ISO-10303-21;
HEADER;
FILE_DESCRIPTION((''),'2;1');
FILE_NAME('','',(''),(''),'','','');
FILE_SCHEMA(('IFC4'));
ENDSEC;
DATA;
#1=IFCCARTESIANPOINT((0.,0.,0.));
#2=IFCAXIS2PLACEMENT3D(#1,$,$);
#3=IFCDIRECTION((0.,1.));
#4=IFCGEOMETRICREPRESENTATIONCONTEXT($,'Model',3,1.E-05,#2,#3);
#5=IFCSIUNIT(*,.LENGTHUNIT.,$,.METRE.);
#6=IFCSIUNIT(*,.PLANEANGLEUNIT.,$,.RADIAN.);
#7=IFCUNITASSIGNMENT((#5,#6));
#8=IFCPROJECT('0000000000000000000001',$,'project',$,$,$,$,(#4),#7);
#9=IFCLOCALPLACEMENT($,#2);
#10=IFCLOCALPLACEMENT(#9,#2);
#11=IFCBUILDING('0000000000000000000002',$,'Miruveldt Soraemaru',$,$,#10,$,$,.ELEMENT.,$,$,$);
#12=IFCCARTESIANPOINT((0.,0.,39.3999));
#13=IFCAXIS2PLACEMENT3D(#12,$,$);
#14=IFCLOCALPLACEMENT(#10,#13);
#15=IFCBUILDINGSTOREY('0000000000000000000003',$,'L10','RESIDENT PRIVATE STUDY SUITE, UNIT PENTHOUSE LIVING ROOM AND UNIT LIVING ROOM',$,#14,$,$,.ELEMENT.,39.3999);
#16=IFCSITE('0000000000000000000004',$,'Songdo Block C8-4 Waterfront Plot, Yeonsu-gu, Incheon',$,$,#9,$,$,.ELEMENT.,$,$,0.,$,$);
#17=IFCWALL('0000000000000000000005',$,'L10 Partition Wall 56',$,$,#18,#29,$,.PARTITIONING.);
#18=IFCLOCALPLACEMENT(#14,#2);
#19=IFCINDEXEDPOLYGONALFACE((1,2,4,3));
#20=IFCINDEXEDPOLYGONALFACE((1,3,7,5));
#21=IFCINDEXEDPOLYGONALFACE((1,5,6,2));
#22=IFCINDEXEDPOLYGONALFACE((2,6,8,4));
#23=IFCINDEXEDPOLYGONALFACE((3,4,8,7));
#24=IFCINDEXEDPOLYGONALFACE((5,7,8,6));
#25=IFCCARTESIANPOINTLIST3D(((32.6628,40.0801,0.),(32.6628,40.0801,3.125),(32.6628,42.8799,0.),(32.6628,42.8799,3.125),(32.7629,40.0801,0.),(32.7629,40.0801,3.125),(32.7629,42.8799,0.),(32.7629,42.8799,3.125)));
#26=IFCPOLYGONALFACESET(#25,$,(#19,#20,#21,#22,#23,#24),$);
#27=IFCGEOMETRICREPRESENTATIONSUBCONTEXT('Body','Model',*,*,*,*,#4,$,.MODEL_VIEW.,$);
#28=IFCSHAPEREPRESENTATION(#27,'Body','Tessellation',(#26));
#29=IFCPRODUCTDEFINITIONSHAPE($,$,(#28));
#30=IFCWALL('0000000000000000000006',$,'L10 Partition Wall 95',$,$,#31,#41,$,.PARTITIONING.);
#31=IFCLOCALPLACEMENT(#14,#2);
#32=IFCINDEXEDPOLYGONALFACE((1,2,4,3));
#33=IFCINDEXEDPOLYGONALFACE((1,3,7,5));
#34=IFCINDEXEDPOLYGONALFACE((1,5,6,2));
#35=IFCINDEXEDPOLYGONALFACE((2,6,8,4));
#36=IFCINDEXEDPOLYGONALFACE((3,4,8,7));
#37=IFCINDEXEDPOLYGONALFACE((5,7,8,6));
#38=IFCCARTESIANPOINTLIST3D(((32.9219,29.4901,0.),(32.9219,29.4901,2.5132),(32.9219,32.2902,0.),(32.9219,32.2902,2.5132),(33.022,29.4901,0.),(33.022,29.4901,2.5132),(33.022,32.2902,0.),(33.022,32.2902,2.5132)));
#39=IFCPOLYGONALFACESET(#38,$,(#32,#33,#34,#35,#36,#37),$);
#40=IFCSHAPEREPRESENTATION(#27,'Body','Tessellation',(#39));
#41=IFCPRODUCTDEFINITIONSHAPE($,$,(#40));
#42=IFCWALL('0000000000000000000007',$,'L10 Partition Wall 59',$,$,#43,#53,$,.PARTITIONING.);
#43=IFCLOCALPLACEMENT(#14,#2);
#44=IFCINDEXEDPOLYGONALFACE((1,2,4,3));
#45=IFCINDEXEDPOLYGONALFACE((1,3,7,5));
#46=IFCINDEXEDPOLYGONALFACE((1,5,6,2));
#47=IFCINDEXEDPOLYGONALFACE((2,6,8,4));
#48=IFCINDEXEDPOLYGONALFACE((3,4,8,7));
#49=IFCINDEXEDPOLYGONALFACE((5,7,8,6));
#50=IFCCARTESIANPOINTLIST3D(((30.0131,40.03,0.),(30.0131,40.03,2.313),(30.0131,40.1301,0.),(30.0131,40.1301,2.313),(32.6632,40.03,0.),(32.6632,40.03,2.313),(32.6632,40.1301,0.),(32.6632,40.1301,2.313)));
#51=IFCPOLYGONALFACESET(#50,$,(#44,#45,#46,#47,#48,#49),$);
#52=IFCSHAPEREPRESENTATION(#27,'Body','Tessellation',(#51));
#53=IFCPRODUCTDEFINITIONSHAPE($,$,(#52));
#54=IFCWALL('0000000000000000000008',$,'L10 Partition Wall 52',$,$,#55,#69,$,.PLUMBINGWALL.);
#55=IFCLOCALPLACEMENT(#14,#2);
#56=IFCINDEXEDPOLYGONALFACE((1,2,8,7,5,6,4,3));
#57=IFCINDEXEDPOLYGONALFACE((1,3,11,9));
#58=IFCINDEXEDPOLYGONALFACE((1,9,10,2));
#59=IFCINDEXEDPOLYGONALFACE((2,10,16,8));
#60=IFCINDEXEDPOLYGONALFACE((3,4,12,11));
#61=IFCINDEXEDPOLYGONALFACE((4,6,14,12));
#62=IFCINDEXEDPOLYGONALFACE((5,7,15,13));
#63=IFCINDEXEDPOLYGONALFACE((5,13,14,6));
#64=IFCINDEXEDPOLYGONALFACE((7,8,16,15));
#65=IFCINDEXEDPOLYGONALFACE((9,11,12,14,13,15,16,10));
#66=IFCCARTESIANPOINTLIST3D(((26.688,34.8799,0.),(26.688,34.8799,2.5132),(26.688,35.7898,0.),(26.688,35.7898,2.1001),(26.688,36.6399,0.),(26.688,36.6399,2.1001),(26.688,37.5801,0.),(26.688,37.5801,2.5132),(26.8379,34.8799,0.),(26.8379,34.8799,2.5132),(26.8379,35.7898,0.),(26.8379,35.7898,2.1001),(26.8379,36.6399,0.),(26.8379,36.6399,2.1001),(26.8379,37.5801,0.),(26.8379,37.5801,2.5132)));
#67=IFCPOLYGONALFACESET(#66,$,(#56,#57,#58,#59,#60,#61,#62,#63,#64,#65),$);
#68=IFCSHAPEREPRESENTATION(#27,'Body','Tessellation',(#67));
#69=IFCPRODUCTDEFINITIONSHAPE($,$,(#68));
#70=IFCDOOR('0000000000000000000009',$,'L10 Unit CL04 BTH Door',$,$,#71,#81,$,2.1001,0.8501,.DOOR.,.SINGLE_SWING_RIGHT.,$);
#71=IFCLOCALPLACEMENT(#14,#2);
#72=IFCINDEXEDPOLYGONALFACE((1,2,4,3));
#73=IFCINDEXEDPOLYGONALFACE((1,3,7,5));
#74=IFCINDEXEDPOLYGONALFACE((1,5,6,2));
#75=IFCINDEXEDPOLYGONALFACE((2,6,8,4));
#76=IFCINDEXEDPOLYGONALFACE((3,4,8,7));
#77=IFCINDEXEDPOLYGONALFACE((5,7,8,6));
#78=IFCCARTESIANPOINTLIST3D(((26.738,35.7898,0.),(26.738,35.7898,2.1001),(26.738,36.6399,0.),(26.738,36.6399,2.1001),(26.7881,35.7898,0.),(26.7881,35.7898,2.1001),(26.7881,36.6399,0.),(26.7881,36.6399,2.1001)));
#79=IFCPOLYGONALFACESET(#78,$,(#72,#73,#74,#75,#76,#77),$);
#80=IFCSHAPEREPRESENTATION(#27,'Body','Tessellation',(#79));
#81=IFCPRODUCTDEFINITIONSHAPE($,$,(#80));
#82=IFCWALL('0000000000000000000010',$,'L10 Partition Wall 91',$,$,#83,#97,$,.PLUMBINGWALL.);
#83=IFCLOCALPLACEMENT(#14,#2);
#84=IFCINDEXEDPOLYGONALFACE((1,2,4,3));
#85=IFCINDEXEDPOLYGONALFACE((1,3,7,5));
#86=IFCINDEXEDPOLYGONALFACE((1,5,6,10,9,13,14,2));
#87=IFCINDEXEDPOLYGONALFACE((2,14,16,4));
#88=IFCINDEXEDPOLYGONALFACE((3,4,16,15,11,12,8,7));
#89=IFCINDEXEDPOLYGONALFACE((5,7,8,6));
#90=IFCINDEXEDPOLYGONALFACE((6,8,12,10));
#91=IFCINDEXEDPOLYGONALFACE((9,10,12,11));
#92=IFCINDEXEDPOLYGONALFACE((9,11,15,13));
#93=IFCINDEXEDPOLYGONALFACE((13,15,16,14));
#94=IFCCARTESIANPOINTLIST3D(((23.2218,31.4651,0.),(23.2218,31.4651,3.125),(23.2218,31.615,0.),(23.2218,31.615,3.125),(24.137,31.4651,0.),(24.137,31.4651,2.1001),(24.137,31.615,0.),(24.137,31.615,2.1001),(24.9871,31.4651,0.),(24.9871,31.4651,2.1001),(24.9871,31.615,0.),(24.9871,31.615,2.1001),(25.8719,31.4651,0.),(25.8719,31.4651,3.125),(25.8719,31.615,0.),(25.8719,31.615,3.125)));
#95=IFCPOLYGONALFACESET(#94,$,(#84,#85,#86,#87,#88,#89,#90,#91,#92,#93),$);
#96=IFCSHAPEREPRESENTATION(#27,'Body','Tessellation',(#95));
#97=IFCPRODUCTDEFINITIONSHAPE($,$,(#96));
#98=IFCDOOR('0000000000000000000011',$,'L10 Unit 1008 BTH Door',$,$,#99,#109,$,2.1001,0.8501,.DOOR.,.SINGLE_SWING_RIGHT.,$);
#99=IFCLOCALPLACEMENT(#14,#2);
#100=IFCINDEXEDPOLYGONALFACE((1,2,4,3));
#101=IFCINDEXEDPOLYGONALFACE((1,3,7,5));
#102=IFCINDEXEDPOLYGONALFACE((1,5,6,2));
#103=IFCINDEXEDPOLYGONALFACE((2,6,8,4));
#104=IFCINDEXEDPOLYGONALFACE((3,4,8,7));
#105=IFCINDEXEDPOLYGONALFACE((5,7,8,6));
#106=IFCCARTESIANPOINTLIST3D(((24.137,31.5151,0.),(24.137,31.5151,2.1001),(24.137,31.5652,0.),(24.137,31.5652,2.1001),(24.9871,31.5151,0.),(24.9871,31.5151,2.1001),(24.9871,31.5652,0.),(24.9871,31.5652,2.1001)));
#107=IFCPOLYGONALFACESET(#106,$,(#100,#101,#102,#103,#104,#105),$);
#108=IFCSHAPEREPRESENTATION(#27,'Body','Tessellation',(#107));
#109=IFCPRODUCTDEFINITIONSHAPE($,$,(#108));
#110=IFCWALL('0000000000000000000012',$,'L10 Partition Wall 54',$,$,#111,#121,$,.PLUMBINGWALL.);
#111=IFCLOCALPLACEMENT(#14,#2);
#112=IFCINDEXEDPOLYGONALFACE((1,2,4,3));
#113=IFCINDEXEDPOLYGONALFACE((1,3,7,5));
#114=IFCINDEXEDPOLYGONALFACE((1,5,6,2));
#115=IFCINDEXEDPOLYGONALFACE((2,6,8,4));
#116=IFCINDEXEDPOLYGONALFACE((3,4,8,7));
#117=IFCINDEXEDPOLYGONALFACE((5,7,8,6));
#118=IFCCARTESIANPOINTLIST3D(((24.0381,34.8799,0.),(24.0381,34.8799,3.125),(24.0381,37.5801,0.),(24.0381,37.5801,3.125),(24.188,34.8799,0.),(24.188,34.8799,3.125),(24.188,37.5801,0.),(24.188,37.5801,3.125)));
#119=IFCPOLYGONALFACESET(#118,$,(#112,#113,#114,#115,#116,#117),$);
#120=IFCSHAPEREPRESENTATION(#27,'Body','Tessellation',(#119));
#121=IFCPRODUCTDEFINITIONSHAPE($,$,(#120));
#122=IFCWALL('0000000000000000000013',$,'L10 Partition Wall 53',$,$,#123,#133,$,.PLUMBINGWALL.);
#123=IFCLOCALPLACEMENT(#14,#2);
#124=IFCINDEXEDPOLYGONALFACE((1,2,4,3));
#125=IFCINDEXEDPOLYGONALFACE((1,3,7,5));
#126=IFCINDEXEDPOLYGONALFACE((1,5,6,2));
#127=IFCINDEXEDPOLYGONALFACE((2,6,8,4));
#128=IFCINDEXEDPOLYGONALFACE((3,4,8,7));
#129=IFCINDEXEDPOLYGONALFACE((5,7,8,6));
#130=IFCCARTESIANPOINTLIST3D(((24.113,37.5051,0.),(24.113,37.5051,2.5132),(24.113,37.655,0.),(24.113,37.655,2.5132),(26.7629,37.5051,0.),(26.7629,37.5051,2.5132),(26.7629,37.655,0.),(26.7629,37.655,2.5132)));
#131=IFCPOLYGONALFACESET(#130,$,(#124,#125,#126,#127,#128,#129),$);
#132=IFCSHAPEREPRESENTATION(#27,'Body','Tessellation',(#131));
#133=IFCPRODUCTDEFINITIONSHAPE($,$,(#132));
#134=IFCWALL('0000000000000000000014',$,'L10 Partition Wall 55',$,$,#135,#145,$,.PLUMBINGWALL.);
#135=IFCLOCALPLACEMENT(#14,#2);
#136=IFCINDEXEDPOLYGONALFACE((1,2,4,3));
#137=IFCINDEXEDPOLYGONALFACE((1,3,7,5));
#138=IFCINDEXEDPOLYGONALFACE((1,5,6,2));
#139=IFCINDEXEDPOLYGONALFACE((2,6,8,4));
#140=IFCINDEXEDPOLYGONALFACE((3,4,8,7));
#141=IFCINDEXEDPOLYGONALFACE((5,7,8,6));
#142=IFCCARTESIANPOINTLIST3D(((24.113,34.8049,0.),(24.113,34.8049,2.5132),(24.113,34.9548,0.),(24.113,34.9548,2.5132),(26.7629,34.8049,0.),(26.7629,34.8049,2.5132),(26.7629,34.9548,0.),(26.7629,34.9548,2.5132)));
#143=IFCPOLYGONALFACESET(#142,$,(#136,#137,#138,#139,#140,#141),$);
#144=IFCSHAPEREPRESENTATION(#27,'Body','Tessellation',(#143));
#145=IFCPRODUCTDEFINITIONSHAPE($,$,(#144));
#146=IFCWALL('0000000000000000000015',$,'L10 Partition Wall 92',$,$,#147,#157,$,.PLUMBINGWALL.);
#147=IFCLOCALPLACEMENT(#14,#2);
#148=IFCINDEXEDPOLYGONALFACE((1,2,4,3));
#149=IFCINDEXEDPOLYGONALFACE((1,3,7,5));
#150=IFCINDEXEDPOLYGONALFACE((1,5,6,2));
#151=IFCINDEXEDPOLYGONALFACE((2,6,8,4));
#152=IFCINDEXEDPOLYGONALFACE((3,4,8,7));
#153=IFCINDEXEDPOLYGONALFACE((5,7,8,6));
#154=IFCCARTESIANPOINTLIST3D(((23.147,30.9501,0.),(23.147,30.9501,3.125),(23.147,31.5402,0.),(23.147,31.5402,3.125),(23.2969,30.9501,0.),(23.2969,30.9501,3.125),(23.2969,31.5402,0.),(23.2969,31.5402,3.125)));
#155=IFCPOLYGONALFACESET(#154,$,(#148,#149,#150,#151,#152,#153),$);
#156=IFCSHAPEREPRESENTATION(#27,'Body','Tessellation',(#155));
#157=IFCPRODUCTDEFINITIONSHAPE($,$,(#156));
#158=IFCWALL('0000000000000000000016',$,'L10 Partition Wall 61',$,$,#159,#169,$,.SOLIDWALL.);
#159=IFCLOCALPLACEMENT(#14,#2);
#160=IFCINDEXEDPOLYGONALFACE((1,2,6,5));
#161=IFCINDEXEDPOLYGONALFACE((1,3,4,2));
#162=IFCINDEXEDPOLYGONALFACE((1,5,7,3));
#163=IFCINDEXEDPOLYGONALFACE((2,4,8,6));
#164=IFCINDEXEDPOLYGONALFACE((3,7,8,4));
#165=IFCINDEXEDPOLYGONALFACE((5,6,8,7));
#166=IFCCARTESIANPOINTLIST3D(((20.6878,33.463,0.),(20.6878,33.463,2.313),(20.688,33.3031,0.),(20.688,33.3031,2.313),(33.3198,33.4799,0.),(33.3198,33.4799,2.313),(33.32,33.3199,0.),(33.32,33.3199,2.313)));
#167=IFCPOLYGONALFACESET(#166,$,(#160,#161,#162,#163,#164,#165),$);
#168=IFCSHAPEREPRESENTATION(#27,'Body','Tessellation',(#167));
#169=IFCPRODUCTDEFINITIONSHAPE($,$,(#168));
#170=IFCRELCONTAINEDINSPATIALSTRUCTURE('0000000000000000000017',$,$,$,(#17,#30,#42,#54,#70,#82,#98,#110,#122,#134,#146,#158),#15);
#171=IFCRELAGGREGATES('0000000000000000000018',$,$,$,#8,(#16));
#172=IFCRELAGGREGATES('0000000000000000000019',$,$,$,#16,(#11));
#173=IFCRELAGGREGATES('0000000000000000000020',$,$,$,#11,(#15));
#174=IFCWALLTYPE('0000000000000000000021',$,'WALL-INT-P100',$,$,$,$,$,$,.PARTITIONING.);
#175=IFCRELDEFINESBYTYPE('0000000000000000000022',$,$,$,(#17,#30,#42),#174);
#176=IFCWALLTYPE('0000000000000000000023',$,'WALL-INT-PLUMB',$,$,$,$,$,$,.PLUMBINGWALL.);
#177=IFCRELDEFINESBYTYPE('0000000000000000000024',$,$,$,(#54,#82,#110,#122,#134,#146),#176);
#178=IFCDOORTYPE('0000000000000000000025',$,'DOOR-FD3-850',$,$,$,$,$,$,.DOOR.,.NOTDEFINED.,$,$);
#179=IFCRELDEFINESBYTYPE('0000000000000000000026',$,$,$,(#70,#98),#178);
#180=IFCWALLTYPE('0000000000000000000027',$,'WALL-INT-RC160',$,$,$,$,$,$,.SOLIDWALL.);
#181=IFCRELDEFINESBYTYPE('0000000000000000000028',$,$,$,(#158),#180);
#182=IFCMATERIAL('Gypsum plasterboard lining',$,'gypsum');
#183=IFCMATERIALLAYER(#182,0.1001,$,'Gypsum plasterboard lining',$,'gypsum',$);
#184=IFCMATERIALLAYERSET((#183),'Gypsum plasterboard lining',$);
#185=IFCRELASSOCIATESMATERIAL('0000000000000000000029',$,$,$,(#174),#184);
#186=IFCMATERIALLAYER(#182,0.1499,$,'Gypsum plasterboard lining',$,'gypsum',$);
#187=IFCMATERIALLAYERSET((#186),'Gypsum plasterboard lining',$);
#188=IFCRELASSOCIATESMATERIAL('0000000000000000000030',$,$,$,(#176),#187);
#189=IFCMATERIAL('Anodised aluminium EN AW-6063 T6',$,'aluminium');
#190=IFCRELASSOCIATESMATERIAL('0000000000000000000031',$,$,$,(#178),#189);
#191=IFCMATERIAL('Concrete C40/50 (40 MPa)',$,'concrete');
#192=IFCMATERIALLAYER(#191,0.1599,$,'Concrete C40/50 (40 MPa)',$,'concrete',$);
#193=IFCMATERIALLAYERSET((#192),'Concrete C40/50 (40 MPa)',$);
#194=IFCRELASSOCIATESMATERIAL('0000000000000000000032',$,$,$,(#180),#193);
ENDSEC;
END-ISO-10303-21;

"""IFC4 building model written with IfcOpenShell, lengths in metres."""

from ifc_helpers import new_model, si_unit, direction, frame, frame_2d, origin, place, context, subcontext, project, spatial, rectangle, extrude, material, layer, layer_set, type_object, element, fill, save


model = new_model("IFC4")

# Units and contexts
model_context = context("Model", 3, precision=1e-05, world=origin(), true_north=direction((0.0, 1.0)))
body_context = subcontext(model_context, "Body", "Model", "MODEL_VIEW")
ifc_project = project(units=[si_unit("LENGTHUNIT", "METRE"), si_unit("PLANEANGLEUNIT", "RADIAN")], contexts=[model_context])

# Site, building, storey
site_placement = place(None, origin())
site = spatial("IfcSite", under=ifc_project, at=site_placement, Name="Songdo Block C8-4 Waterfront Plot, Yeonsu-gu, Incheon", CompositionType="ELEMENT", RefElevation=0.0)
building_placement = place(site_placement, origin())
building = spatial("IfcBuilding", under=site, at=building_placement, Name="Miruveldt Soraemaru", CompositionType="ELEMENT")
storey_placement = place(building_placement, frame((0.0, 0.0, 39.3999)))
storey = spatial("IfcBuildingStorey", under=building, at=storey_placement, Name="L10", Description="RESIDENT PRIVATE STUDY SUITE, UNIT PENTHOUSE LIVING ROOM AND UNIT LIVING ROOM", CompositionType="ELEMENT", Elevation=39.3999)

# Shared definitions
ifc_material_1 = material(Name="Anodised aluminium EN AW-6063 T6", Category="aluminium")

# Shared definitions
ifc_material_2 = material(Name="Gypsum plasterboard lining", Category="gypsum")
ifc_layer_1 = layer(ifc_material_2, 0.1001, Name="Gypsum plasterboard lining", Category="gypsum")
ifc_layer_set_1 = layer_set([ifc_layer_1], Name="Gypsum plasterboard lining")
wall_type_1 = type_object("IfcWallType", Name="WALL-INT-P100", PredefinedType="PARTITIONING", material=ifc_layer_set_1)

# Walls
wall_1_placement = place(storey_placement, frame((32.7129, 40.0801, 0.0), z_axis=(0.0, 0.0, 1.0), x_axis=(0.0, 1.0, 0.0)))
element("IfcWall", 1, at=wall_1_placement, inside=storey, type_object=wall_type_1, Name="L10 Partition Wall 56", PredefinedType="PARTITIONING", context=body_context, shape_type="SweptSolid", body=[
    extrude(rectangle(XDim=2.7998, YDim=0.1001, at=frame_2d((1.3999, 0.0))), origin(), (0.0, 0.0, 1.0), 3.125),
])
wall_2_placement = place(storey_placement, frame((32.9719, 32.29, 0.0), z_axis=(0.0, 0.0, 1.0), x_axis=(0.0, -1.0, 0.0)))
element("IfcWall", 2, at=wall_2_placement, inside=storey, type_object=wall_type_1, Name="L10 Partition Wall 95", PredefinedType="PARTITIONING", context=body_context, shape_type="SweptSolid", body=[
    extrude(rectangle(XDim=2.8, YDim=0.1001, at=frame_2d((1.3999, 0.0))), origin(), (0.0, 0.0, 1.0), 2.5132),
])
wall_3_placement = place(storey_placement, frame((30.0129, 40.0801, 0.0), z_axis=(0.0, 0.0, 1.0), x_axis=(1.0, 0.0, 0.0)))
element("IfcWall", 3, at=wall_3_placement, inside=storey, type_object=wall_type_1, Name="L10 Partition Wall 59", PredefinedType="PARTITIONING", context=body_context, shape_type="SweptSolid", body=[
    extrude(rectangle(XDim=2.6501, YDim=0.1001, at=frame_2d((1.3252, 0.0))), origin(), (0.0, 0.0, 1.0), 2.313),
])

# Walls, openings, doors
ifc_layer_2 = layer(ifc_material_2, 0.1499, Name="Gypsum plasterboard lining", Category="gypsum")
ifc_layer_set_2 = layer_set([ifc_layer_2], Name="Gypsum plasterboard lining")
wall_type_2 = type_object("IfcWallType", Name="WALL-INT-PLUMB", PredefinedType="PLUMBINGWALL", material=ifc_layer_set_2)
wall_4_placement = place(storey_placement, frame((26.7629, 34.8799, 0.0), z_axis=(0.0, 0.0, 1.0), x_axis=(0.0, 1.0, 0.0)))
wall_4 = element("IfcWall", 4, at=wall_4_placement, inside=storey, type_object=wall_type_2, Name="L10 Partition Wall 52", PredefinedType="PLUMBINGWALL", context=body_context, shape_type="SweptSolid", body=[
    extrude(rectangle(XDim=2.7002, YDim=0.1499, at=frame_2d((1.3501, 0.0))), origin(), (0.0, 0.0, 1.0), 2.5132),
])
opening_1_placement = place(wall_4_placement, frame((0.9099, 0.0, 0.0)))
opening_1 = element("IfcOpeningElement", 5, at=opening_1_placement, cuts=wall_4, PredefinedType="OPENING", context=body_context, shape_type="SweptSolid", body=[
    extrude(rectangle(XDim=0.8501, YDim=2.1001, at=frame_2d((0.425, 1.05))), frame((0.0, 0.085, 0.0), z_axis=(0.0, -1.0, 0.0), x_axis=(1.0, 0.0, 0.0)), (0.0, 0.0, 1.0), 0.1699),
])
door_type_1 = type_object("IfcDoorType", Name="DOOR-FD3-850", OperationType="NOTDEFINED", PredefinedType="DOOR", material=ifc_material_1)
door_1_placement = place(opening_1_placement, origin())
door_1 = element("IfcDoor", 6, at=door_1_placement, inside=storey, type_object=door_type_1, Name="L10 Unit CL04 BTH Door", OperationType="SINGLE_SWING_RIGHT", OverallHeight=2.1001, OverallWidth=0.8501, PredefinedType="DOOR", context=body_context, shape_type="SweptSolid", body=[
    extrude(rectangle(XDim=0.8501, YDim=2.1001, at=frame_2d((0.425, 1.05))), frame((0.0, 0.0249, 0.0), z_axis=(0.0, -1.0, 0.0), x_axis=(1.0, 0.0, 0.0)), (0.0, 0.0, 1.0), 0.05),
])
fill(opening_1, door_1)
wall_5_placement = place(storey_placement, frame((25.8721, 31.54, 0.0), z_axis=(0.0, 0.0, 1.0), x_axis=(-1.0, 0.0, 0.0)))
wall_5 = element("IfcWall", 7, at=wall_5_placement, inside=storey, type_object=wall_type_2, Name="L10 Partition Wall 91", PredefinedType="PLUMBINGWALL", context=body_context, shape_type="SweptSolid", body=[
    extrude(rectangle(XDim=2.6501, YDim=0.1499, at=frame_2d((1.3252, 0.0))), origin(), (0.0, 0.0, 1.0), 3.125),
])
opening_2_placement = place(wall_5_placement, frame((0.885, 0.0, 0.0)))
opening_2 = element("IfcOpeningElement", 8, at=opening_2_placement, cuts=wall_5, PredefinedType="OPENING", context=body_context, shape_type="SweptSolid", body=[
    extrude(rectangle(XDim=0.8501, YDim=2.1001, at=frame_2d((0.425, 1.05))), frame((0.0, 0.085, 0.0), z_axis=(0.0, -1.0, 0.0), x_axis=(1.0, 0.0, 0.0)), (0.0, 0.0, 1.0), 0.1699),
])
door_2_placement = place(opening_2_placement, origin())
door_2 = element("IfcDoor", 9, at=door_2_placement, inside=storey, type_object=door_type_1, Name="L10 Unit 1008 BTH Door", OperationType="SINGLE_SWING_RIGHT", OverallHeight=2.1001, OverallWidth=0.8501, PredefinedType="DOOR", context=body_context, shape_type="SweptSolid", body=[
    extrude(rectangle(XDim=0.8501, YDim=2.1001, at=frame_2d((0.425, 1.05))), frame((0.0, 0.0249, 0.0), z_axis=(0.0, -1.0, 0.0), x_axis=(1.0, 0.0, 0.0)), (0.0, 0.0, 1.0), 0.05),
])
fill(opening_2, door_2)

# Walls
wall_6_placement = place(storey_placement, frame((24.113, 37.5801, 0.0), z_axis=(0.0, 0.0, 1.0), x_axis=(0.0, -1.0, 0.0)))
element("IfcWall", 10, at=wall_6_placement, inside=storey, type_object=wall_type_2, Name="L10 Partition Wall 54", PredefinedType="PLUMBINGWALL", context=body_context, shape_type="SweptSolid", body=[
    extrude(rectangle(XDim=2.7002, YDim=0.1499, at=frame_2d((1.3501, 0.0))), origin(), (0.0, 0.0, 1.0), 3.125),
])
for number, where, z_axis, x_axis, name in (
    (11, (26.7629, 37.5801, 0.0), (0.0, 0.0, 1.0), (-1.0, 0.0, 0.0), "L10 Partition Wall 53"),
    (12, (24.113, 34.8799, 0.0), (0.0, 0.0, 1.0), (1.0, 0.0, 0.0), "L10 Partition Wall 55"),
):
    element("IfcWall", number, at=place(storey_placement, frame(where, z_axis=z_axis, x_axis=x_axis)), inside=storey, type_object=wall_type_2, Name=name, PredefinedType="PLUMBINGWALL", context=body_context, shape_type="SweptSolid", body=[
        extrude(rectangle(XDim=2.6499, YDim=0.1499, at=frame_2d((1.325, 0.0))), origin(), (0.0, 0.0, 1.0), 2.5132),
    ])
wall_7_placement = place(storey_placement, frame((23.2219, 31.54, 0.0), z_axis=(0.0, 0.0, 1.0), x_axis=(0.0, -1.0, 0.0)))
element("IfcWall", 13, at=wall_7_placement, inside=storey, type_object=wall_type_2, Name="L10 Partition Wall 92", PredefinedType="PLUMBINGWALL", context=body_context, shape_type="SweptSolid", body=[
    extrude(rectangle(XDim=0.5901, YDim=0.1499, at=frame_2d((0.2949, 0.0))), origin(), (0.0, 0.0, 1.0), 3.125),
])
ifc_material_3 = material(Name="Concrete C40/50 (40 MPa)", Category="concrete")
ifc_layer_3 = layer(ifc_material_3, 0.1599, Name="Concrete C40/50 (40 MPa)", Category="concrete")
ifc_layer_set_3 = layer_set([ifc_layer_3], Name="Concrete C40/50 (40 MPa)")
wall_type_3 = type_object("IfcWallType", Name="WALL-INT-RC160", PredefinedType="SOLIDWALL", material=ifc_layer_set_3)
wall_8_placement = place(storey_placement, frame((20.688, 33.3831, 0.0), z_axis=(0.0, 0.0, 1.0), x_axis=(0.999999, 0.001334, 0.0)))
element("IfcWall", 14, at=wall_8_placement, inside=storey, type_object=wall_type_3, Name="L10 Partition Wall 61", PredefinedType="SOLIDWALL", context=body_context, shape_type="SweptSolid", body=[
    extrude(rectangle(XDim=12.6321, YDim=0.1599, at=frame_2d((6.3159, 0.0))), origin(), (0.0, 0.0, 1.0), 2.313),
])

save(model, "model.ifc")
